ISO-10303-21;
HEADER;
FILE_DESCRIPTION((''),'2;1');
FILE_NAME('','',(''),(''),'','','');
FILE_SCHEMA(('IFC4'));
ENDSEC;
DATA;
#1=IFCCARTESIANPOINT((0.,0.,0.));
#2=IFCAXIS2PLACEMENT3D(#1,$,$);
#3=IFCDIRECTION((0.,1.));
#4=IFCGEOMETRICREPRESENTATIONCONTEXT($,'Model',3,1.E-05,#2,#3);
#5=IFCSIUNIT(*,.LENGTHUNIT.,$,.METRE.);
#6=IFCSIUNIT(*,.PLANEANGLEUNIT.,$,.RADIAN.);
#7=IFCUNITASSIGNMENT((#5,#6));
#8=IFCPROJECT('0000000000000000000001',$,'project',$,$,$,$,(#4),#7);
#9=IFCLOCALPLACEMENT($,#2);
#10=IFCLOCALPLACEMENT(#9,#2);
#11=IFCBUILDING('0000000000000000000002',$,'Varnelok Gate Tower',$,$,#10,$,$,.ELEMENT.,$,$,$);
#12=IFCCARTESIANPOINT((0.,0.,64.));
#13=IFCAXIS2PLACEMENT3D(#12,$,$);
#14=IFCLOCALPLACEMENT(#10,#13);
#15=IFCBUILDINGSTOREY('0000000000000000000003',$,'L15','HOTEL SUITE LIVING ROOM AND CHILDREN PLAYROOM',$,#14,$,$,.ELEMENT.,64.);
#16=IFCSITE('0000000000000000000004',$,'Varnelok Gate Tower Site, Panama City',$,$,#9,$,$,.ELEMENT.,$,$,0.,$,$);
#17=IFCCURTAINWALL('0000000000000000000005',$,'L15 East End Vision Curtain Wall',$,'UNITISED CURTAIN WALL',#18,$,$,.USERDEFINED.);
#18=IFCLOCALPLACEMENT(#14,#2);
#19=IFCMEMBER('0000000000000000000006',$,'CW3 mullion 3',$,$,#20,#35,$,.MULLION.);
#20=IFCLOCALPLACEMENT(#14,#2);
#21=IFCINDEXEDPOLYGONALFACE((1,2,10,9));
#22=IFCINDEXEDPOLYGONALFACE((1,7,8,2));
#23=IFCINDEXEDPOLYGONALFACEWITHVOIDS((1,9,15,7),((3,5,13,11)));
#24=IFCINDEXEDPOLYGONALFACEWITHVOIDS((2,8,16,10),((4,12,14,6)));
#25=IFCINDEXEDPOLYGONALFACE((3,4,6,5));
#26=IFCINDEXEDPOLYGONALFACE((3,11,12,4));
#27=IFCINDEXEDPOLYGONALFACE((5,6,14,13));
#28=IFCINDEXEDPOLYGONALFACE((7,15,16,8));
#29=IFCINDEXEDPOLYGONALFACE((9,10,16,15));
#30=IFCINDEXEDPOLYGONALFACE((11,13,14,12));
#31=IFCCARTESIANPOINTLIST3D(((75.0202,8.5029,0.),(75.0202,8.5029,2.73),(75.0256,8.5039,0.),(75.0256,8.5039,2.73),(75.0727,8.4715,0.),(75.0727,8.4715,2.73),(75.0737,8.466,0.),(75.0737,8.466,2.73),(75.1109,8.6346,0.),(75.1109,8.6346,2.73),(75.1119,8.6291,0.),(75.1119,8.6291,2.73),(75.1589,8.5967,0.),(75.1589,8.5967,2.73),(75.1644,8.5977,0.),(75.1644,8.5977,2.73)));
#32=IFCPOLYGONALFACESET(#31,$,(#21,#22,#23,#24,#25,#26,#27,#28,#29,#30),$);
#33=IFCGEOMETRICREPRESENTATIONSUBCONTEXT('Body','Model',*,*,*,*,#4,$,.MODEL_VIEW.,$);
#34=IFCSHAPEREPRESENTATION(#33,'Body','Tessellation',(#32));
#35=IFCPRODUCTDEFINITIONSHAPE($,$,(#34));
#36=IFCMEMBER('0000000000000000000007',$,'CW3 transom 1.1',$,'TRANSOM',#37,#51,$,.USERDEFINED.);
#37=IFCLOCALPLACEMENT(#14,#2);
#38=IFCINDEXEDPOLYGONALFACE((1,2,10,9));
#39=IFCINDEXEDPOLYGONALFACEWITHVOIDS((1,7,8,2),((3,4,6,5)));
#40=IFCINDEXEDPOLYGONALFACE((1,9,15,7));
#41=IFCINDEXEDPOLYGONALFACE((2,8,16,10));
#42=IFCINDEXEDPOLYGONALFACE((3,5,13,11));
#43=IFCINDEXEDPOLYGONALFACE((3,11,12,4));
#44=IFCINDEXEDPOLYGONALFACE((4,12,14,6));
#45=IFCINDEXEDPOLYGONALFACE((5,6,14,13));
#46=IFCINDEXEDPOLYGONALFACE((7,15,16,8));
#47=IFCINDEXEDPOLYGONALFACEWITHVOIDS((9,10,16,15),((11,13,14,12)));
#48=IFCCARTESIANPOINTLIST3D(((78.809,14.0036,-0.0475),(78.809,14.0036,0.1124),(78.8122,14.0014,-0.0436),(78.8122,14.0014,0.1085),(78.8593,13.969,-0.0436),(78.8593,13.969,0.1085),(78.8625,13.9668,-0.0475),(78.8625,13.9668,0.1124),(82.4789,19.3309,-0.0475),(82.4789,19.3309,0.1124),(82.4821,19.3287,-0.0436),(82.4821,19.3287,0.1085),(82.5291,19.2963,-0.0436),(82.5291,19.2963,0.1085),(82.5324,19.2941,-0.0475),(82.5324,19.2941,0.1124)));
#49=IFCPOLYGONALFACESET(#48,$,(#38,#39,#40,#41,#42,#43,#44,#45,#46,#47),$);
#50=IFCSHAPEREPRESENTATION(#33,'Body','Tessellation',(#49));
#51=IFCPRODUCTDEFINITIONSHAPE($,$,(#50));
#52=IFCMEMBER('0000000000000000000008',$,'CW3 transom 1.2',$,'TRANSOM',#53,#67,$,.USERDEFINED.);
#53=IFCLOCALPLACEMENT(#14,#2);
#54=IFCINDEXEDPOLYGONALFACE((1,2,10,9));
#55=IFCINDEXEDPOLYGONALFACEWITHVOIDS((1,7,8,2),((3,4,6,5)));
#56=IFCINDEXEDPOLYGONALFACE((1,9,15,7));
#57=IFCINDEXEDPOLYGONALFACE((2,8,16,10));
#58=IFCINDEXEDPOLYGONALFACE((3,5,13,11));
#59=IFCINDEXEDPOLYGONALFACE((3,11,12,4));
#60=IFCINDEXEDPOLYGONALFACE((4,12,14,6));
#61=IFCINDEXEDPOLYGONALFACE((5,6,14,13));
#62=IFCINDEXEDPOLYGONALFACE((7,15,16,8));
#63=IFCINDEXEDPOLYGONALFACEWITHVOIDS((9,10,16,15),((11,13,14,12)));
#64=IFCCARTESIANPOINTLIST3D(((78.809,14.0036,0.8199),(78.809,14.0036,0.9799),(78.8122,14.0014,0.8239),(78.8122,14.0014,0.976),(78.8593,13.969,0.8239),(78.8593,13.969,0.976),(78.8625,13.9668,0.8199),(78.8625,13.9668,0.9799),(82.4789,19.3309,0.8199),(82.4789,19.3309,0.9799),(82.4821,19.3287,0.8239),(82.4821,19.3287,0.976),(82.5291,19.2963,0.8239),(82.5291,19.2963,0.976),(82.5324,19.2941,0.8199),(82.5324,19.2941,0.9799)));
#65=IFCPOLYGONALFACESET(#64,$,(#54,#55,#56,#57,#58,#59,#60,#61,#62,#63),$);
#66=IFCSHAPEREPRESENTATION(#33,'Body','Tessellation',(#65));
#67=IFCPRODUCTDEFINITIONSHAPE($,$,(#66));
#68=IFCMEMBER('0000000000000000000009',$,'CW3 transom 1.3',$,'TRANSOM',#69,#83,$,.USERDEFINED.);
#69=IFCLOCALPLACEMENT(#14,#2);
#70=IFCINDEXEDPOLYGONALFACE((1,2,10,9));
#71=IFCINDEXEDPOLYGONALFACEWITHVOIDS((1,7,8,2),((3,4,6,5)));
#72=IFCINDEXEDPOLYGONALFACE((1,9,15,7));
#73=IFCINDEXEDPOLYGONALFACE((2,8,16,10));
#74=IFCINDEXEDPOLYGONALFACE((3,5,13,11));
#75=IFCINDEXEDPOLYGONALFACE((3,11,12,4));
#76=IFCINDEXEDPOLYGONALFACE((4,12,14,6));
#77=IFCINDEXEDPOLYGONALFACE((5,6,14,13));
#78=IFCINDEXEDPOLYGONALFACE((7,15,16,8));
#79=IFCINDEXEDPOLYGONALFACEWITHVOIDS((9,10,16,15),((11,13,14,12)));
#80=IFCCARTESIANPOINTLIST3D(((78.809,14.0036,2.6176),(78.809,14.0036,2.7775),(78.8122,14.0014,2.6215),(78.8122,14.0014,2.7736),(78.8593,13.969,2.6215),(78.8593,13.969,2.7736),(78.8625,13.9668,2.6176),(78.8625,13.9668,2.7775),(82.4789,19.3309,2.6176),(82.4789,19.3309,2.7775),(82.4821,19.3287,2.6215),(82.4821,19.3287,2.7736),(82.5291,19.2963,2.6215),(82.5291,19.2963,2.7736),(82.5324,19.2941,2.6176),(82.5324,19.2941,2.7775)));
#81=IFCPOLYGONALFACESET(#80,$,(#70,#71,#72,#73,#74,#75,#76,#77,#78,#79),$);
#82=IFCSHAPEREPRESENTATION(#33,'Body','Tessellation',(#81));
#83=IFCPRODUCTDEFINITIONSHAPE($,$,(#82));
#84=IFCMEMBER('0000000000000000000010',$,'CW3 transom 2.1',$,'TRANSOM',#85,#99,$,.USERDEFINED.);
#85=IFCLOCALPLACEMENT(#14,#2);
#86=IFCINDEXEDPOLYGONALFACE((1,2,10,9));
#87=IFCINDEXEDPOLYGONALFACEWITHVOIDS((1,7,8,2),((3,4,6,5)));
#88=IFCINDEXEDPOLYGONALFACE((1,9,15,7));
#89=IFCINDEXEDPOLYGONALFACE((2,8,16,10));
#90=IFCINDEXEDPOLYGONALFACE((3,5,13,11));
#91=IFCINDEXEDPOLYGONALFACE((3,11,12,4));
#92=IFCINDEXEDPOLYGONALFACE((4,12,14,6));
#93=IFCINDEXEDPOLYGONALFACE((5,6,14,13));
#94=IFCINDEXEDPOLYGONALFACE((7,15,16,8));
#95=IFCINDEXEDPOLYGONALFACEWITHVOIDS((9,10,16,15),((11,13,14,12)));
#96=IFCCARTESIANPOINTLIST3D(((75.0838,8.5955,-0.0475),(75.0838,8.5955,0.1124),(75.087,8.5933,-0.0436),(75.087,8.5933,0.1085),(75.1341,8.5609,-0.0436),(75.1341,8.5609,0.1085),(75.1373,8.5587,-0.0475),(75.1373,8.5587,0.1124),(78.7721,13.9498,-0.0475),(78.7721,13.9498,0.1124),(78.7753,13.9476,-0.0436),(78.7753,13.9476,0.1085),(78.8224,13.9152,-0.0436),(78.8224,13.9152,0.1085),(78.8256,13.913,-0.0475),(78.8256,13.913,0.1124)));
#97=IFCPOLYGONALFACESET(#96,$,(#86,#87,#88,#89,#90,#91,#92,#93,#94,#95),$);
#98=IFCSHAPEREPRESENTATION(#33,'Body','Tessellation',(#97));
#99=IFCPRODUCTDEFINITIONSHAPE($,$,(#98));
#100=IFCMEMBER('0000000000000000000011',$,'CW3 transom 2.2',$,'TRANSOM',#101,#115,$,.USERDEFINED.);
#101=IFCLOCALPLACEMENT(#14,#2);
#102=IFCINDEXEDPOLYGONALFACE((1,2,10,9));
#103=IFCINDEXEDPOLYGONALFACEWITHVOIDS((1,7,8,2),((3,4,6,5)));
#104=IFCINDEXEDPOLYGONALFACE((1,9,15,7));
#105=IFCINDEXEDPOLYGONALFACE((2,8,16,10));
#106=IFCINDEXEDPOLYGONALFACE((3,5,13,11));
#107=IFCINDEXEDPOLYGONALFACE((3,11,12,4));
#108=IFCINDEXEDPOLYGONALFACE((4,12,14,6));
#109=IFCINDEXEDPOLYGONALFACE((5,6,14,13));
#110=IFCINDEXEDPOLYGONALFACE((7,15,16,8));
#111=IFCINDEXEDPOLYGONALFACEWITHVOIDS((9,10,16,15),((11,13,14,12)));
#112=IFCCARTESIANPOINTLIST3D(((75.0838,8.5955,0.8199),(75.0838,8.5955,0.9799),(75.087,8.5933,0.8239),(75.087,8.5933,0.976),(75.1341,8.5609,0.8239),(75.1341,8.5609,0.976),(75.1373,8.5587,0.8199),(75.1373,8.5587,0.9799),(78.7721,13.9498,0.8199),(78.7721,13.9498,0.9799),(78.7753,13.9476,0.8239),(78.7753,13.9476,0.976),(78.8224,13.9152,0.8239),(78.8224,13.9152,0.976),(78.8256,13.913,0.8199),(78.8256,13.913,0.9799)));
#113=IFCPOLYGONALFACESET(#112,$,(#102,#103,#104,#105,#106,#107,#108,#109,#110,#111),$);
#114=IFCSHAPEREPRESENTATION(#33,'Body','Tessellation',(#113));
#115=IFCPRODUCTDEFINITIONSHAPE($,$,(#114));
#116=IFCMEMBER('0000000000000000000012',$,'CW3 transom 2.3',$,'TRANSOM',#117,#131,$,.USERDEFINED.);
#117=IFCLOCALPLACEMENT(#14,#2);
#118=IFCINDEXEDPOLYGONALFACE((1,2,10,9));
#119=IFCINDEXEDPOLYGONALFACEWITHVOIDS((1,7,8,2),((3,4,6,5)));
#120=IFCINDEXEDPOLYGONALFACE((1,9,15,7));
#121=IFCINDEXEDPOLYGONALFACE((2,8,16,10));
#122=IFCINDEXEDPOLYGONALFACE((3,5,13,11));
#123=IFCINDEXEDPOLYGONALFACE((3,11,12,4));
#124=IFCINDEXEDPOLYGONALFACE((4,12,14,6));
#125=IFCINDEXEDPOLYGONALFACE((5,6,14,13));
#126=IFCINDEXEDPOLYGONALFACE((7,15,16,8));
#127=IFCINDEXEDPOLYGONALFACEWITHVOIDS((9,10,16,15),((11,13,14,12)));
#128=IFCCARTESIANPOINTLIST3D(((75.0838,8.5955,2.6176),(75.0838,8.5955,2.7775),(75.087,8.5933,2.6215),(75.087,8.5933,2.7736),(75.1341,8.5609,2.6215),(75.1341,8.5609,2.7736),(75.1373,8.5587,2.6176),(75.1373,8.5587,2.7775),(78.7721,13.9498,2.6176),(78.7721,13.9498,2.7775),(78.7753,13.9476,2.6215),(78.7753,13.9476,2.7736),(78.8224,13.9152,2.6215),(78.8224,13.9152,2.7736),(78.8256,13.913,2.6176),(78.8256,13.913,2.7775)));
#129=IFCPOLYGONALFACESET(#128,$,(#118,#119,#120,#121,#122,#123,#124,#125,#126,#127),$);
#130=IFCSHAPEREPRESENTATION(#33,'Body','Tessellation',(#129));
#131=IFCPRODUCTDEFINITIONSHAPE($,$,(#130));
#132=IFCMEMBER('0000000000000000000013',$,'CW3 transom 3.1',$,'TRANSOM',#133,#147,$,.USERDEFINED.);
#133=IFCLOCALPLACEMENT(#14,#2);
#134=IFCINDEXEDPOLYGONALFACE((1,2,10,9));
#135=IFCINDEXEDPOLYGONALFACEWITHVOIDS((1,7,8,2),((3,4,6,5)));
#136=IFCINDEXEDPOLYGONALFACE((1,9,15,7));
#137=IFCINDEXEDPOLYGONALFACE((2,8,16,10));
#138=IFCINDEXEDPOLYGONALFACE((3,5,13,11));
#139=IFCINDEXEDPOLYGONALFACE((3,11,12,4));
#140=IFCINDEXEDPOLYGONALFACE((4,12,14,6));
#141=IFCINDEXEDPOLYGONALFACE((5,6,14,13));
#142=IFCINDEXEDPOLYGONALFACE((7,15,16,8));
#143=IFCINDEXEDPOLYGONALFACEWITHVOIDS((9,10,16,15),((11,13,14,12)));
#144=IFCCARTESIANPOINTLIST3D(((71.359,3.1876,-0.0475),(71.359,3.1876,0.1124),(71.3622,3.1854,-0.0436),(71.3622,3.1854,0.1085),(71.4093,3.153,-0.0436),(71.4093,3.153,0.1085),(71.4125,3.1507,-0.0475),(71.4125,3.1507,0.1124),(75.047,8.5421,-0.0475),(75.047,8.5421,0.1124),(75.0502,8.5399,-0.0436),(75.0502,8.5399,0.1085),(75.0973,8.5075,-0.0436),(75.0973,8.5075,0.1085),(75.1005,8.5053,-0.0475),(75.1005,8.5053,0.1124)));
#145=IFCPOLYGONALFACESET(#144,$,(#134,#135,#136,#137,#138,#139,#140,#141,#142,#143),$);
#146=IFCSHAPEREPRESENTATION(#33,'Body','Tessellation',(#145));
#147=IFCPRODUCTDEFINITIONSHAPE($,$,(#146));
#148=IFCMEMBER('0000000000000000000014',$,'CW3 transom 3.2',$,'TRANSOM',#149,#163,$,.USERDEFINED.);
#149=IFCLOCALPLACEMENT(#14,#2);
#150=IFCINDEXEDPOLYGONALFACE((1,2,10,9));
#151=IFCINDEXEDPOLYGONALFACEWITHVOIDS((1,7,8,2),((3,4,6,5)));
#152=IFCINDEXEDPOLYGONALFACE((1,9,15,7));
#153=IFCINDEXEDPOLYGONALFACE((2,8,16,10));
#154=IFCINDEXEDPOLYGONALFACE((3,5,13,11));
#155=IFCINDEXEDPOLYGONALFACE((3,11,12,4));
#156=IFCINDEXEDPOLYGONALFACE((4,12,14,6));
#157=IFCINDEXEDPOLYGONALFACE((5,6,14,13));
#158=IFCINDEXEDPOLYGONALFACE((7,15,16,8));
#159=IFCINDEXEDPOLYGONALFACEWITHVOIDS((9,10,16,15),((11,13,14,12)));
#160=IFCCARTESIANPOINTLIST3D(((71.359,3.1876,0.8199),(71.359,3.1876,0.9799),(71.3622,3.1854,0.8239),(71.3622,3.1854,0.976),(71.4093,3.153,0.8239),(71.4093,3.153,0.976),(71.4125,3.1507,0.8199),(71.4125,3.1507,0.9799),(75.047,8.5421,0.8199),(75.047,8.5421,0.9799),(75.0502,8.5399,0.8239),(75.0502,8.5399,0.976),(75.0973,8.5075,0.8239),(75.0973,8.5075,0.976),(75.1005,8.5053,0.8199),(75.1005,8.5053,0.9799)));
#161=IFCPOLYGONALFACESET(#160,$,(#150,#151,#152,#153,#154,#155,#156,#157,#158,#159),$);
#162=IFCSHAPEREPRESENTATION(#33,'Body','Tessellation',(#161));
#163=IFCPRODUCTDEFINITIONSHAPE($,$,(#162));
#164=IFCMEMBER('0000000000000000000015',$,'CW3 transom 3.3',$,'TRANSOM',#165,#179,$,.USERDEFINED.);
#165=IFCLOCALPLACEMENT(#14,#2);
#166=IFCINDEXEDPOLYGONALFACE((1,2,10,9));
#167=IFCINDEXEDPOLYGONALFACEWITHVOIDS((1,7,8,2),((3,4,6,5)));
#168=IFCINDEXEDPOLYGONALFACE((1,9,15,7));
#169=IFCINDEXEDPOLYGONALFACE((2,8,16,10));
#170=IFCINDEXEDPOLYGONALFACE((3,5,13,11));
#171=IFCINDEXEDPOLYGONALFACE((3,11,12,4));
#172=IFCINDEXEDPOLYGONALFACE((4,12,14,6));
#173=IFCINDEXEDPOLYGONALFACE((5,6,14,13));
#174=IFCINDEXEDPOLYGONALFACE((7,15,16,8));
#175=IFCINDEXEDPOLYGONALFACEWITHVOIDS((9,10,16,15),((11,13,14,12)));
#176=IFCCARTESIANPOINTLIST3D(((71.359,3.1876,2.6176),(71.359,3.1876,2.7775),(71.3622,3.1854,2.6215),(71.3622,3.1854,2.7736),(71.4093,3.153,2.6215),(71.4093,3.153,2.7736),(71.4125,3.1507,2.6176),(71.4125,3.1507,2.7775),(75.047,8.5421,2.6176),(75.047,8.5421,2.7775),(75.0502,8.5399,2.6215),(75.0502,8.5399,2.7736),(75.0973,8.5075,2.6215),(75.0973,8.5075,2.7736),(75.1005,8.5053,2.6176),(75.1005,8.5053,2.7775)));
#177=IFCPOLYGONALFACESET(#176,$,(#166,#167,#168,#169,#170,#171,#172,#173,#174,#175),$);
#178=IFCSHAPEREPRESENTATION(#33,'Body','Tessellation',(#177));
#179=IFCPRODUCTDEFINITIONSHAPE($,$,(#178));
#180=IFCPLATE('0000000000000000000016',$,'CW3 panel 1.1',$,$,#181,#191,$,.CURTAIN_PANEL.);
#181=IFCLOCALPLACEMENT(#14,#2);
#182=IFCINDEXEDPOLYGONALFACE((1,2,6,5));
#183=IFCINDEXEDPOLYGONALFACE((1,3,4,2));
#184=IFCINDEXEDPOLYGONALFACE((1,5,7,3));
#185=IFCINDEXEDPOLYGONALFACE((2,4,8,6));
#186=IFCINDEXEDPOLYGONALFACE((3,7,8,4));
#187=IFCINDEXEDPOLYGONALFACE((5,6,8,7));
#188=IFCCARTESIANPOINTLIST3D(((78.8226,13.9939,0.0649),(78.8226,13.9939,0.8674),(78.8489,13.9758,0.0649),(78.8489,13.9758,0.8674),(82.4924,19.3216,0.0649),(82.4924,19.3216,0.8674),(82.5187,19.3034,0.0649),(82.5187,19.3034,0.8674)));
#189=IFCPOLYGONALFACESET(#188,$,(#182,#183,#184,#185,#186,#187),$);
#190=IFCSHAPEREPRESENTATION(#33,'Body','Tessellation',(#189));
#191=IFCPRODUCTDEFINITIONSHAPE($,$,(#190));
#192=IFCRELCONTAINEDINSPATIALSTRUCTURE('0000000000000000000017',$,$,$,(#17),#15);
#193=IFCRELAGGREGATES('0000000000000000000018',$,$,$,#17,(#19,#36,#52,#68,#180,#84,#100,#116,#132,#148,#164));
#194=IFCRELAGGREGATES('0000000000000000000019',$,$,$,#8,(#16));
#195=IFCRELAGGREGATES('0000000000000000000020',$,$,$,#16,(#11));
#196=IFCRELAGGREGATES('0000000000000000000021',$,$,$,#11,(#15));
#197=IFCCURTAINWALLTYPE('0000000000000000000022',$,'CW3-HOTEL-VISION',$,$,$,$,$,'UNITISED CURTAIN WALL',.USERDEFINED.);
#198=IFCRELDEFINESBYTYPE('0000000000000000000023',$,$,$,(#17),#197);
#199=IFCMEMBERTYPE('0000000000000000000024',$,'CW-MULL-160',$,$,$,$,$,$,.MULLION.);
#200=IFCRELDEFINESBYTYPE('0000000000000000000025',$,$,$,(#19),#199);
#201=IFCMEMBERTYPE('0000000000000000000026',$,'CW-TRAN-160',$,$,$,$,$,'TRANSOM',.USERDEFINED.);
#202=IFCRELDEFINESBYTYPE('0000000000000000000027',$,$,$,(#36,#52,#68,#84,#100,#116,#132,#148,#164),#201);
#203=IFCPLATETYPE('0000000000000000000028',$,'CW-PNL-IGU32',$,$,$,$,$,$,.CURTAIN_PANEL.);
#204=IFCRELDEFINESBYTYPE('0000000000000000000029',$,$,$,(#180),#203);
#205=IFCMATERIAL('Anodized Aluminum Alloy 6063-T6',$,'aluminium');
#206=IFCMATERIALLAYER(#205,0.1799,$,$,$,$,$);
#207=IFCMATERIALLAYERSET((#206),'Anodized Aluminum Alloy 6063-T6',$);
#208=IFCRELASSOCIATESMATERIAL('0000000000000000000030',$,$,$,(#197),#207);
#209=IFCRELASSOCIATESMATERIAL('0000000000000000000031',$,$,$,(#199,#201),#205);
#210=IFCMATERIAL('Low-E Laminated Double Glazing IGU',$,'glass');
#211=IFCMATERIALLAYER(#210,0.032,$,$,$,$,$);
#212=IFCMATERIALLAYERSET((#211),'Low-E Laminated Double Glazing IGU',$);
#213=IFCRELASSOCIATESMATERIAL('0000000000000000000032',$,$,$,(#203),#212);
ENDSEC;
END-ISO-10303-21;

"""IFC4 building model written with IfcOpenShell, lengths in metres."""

from ifc_helpers import new_model, si_unit, direction, frame, origin, origin_2d, place, context, subcontext, project, spatial, rectangle, hollow_rectangle, extrude, source, transform, mapped, material, layer, layer_set, material_profile, profile_set, type_object, element, aggregate, save


model = new_model("IFC4")

# Units and contexts
model_context = context("Model", 3, precision=1e-05, world=origin(), true_north=direction((0.0, 1.0)))
body_context = subcontext(model_context, "Body", "Model", "MODEL_VIEW")
ifc_project = project(units=[si_unit("LENGTHUNIT", "METRE"), si_unit("PLANEANGLEUNIT", "RADIAN")], contexts=[model_context])

# Site, building, storey
site_placement = place(None, origin())
site = spatial("IfcSite", under=ifc_project, at=site_placement, Name="Varnelok Gate Tower Site, Panama City", CompositionType="ELEMENT", RefElevation=0.0)
building_placement = place(site_placement, origin())
building = spatial("IfcBuilding", under=site, at=building_placement, Name="Varnelok Gate Tower", CompositionType="ELEMENT")
storey_placement = place(building_placement, frame((0.0, 0.0, 64.0)))
storey = spatial("IfcBuildingStorey", under=building, at=storey_placement, Name="L15", Description="HOTEL SUITE LIVING ROOM AND CHILDREN PLAYROOM", CompositionType="ELEMENT", Elevation=64.0)

# Curtain wall, members, plate
ifc_material_1 = material(Name="Anodized Aluminum Alloy 6063-T6", Category="aluminium")
ifc_layer_1 = layer(ifc_material_1, 0.1799)
ifc_layer_set_1 = layer_set([ifc_layer_1], Name="Anodized Aluminum Alloy 6063-T6")
curtain_wall_type = type_object("IfcCurtainWallType", Name="CW3-HOTEL-VISION", ElementType="UNITISED CURTAIN WALL", PredefinedType="USERDEFINED", material=ifc_layer_set_1)
curtain_wall_placement = place(storey_placement, origin())
curtain_wall = element("IfcCurtainWall", 1, at=curtain_wall_placement, inside=storey, type_object=curtain_wall_type, Name="L15 East End Vision Curtain Wall", ObjectType="UNITISED CURTAIN WALL", PredefinedType="USERDEFINED")
ifc_material_profile_1 = material_profile(ifc_material_1, hollow_rectangle(XDim=0.0649, YDim=0.1599, WallThickness=0.0039, at=origin_2d()), Name="ALU160X65X4")
ifc_profile_set_1 = profile_set([ifc_material_profile_1], Name="Anodized Aluminum Alloy 6063-T6")
member_type_1 = type_object("IfcMemberType", Name="CW-MULL-160", PredefinedType="MULLION", material=ifc_profile_set_1)
member_1_placement = place(storey_placement, frame((75.0923, 8.5503, 0.0), z_axis=(0.0, 0.0, 1.0), x_axis=(0.823533, -0.567269, 0.0)))
member_1 = element("IfcMember", 2, at=member_1_placement, type_object=member_type_1, Name="CW3 mullion 3", PredefinedType="MULLION", context=body_context, shape_type="SweptSolid", body=[
    extrude(hollow_rectangle(XDim=0.0649, YDim=0.1599, WallThickness=0.0039, at=origin_2d()), origin(), (0.0, 0.0, 1.0), 2.73),
])
ifc_material_profile_2 = material_profile(ifc_material_1, hollow_rectangle(XDim=0.0649, YDim=0.1599, WallThickness=0.0039, at=origin_2d()), Name="ALU160X65X4")
ifc_profile_set_2 = profile_set([ifc_material_profile_2], Name="Anodized Aluminum Alloy 6063-T6")
member_type_2 = type_object("IfcMemberType", Name="CW-TRAN-160", ElementType="TRANSOM", PredefinedType="USERDEFINED", material=ifc_profile_set_2)
member_2_placement = place(storey_placement, frame((82.5056, 19.3125, 0.0325), z_axis=(-0.567299, -0.823512, 0.0), x_axis=(0.823512, -0.567299, 0.0)))
member_2 = element("IfcMember", 3, at=member_2_placement, type_object=member_type_2, Name="CW3 transom 1.1", ObjectType="TRANSOM", PredefinedType="USERDEFINED", context=body_context, shape_type="SweptSolid", body=[
    extrude(hollow_rectangle(XDim=0.0649, YDim=0.1599, WallThickness=0.0039, at=origin_2d()), origin(), (0.0, 0.0, 1.0), 6.469),
])
member_3_placement = place(storey_placement, frame((82.5056, 19.3125, 0.8999), z_axis=(-0.567299, -0.823512, 0.0), x_axis=(0.823512, -0.567299, 0.0)))
member_3 = element("IfcMember", 4, at=member_3_placement, type_object=member_type_2, Name="CW3 transom 1.2", ObjectType="TRANSOM", PredefinedType="USERDEFINED", context=body_context, shape_type="SweptSolid", body=[
    extrude(hollow_rectangle(XDim=0.0649, YDim=0.1599, WallThickness=0.0039, at=origin_2d()), origin(), (0.0, 0.0, 1.0), 6.469),
])
member_4_placement = place(storey_placement, frame((82.5056, 19.3125, 2.6975), z_axis=(-0.567299, -0.823512, 0.0), x_axis=(0.823512, -0.567299, 0.0)))
member_4 = element("IfcMember", 5, at=member_4_placement, type_object=member_type_2, Name="CW3 transom 1.3", ObjectType="TRANSOM", PredefinedType="USERDEFINED", context=body_context, shape_type="SweptSolid", body=[
    extrude(hollow_rectangle(XDim=0.0649, YDim=0.1599, WallThickness=0.0039, at=origin_2d()), origin(), (0.0, 0.0, 1.0), 6.469),
])
member_5_placement = place(storey_placement, frame((78.7988, 13.9314, 0.0325), z_axis=(-0.567279, -0.823526, 0.0), x_axis=(0.823526, -0.567279, 0.0)))
member_5 = element("IfcMember", 6, at=member_5_placement, type_object=member_type_2, Name="CW3 transom 2.1", ObjectType="TRANSOM", PredefinedType="USERDEFINED", context=body_context, shape_type="SweptSolid", body=[
    extrude(hollow_rectangle(XDim=0.0649, YDim=0.1599, WallThickness=0.0039, at=origin_2d()), origin(), (0.0, 0.0, 1.0), 6.5017),
])
member_6_placement = place(storey_placement, frame((78.7988, 13.9314, 0.8999), z_axis=(-0.567279, -0.823526, 0.0), x_axis=(0.823526, -0.567279, 0.0)))
member_6 = element("IfcMember", 7, at=member_6_placement, type_object=member_type_2, Name="CW3 transom 2.2", ObjectType="TRANSOM", PredefinedType="USERDEFINED", context=body_context, shape_type="SweptSolid", body=[
    extrude(hollow_rectangle(XDim=0.0649, YDim=0.1599, WallThickness=0.0039, at=origin_2d()), origin(), (0.0, 0.0, 1.0), 6.5017),
])
member_7_placement = place(storey_placement, frame((78.7988, 13.9314, 2.6975), z_axis=(-0.567279, -0.823526, 0.0), x_axis=(0.823526, -0.567279, 0.0)))
member_7 = element("IfcMember", 8, at=member_7_placement, type_object=member_type_2, Name="CW3 transom 2.3", ObjectType="TRANSOM", PredefinedType="USERDEFINED", context=body_context, shape_type="SweptSolid", body=[
    extrude(hollow_rectangle(XDim=0.0649, YDim=0.1599, WallThickness=0.0039, at=origin_2d()), origin(), (0.0, 0.0, 1.0), 6.5017),
])
member_8_placement = place(storey_placement, frame((75.0737, 8.5237, 0.0325), z_axis=(-0.567236, -0.823555, 0.0), x_axis=(0.823555, -0.567236, 0.0)))
member_8 = element("IfcMember", 9, at=member_8_placement, type_object=member_type_2, Name="CW3 transom 3.1", ObjectType="TRANSOM", PredefinedType="USERDEFINED", context=body_context, shape_type="SweptSolid", body=[
    extrude(hollow_rectangle(XDim=0.0649, YDim=0.1599, WallThickness=0.0039, at=origin_2d()), origin(), (0.0, 0.0, 1.0), 6.5017),
])
member_9_placement = place(storey_placement, frame((75.0737, 8.5237, 0.8999), z_axis=(-0.567236, -0.823555, 0.0), x_axis=(0.823555, -0.567236, 0.0)))
member_9 = element("IfcMember", 10, at=member_9_placement, type_object=member_type_2, Name="CW3 transom 3.2", ObjectType="TRANSOM", PredefinedType="USERDEFINED", context=body_context, shape_type="SweptSolid", body=[
    extrude(hollow_rectangle(XDim=0.0649, YDim=0.1599, WallThickness=0.0039, at=origin_2d()), origin(), (0.0, 0.0, 1.0), 6.5017),
])
member_10_placement = place(storey_placement, frame((75.0737, 8.5237, 2.6975), z_axis=(-0.567236, -0.823555, 0.0), x_axis=(0.823555, -0.567236, 0.0)))
member_10 = element("IfcMember", 11, at=member_10_placement, type_object=member_type_2, Name="CW3 transom 3.3", ObjectType="TRANSOM", PredefinedType="USERDEFINED", context=body_context, shape_type="SweptSolid", body=[
    extrude(hollow_rectangle(XDim=0.0649, YDim=0.1599, WallThickness=0.0039, at=origin_2d()), origin(), (0.0, 0.0, 1.0), 6.5017),
])
ifc_material_2 = material(Name="Low-E Laminated Double Glazing IGU", Category="glass")
ifc_layer_2 = layer(ifc_material_2, 0.032)
ifc_layer_set_2 = layer_set([ifc_layer_2], Name="Low-E Laminated Double Glazing IGU")
plate_type = type_object("IfcPlateType", Name="CW-PNL-IGU32", PredefinedType="CURTAIN_PANEL", material=ifc_layer_set_2)
shared_shape_1 = source(origin(), body_context, "Body", "SweptSolid", [
    extrude(rectangle(XDim=6.4692, YDim=0.032, at=origin_2d()), origin(), (0.0, 0.0, 1.0), 0.8025),
])
plate_1_placement = place(storey_placement, frame((80.6707, 16.6487, 0.0649), z_axis=(0.0, 0.0, 1.0), x_axis=(-0.567269, -0.823533, 0.0)))
plate_1 = element("IfcPlate", 12, at=plate_1_placement, type_object=plate_type, Name="CW3 panel 1.1", PredefinedType="CURTAIN_PANEL", context=body_context, shape_type="MappedRepresentation", body=[
    mapped(shared_shape_1, transform((0.0, 0.0, 0.0), scale=1.0)),
])
aggregate(curtain_wall, [member_1, member_2, member_3, member_4, plate_1, member_5, member_6, member_7, member_8, member_9, member_10])

save(model, "model.ifc")
